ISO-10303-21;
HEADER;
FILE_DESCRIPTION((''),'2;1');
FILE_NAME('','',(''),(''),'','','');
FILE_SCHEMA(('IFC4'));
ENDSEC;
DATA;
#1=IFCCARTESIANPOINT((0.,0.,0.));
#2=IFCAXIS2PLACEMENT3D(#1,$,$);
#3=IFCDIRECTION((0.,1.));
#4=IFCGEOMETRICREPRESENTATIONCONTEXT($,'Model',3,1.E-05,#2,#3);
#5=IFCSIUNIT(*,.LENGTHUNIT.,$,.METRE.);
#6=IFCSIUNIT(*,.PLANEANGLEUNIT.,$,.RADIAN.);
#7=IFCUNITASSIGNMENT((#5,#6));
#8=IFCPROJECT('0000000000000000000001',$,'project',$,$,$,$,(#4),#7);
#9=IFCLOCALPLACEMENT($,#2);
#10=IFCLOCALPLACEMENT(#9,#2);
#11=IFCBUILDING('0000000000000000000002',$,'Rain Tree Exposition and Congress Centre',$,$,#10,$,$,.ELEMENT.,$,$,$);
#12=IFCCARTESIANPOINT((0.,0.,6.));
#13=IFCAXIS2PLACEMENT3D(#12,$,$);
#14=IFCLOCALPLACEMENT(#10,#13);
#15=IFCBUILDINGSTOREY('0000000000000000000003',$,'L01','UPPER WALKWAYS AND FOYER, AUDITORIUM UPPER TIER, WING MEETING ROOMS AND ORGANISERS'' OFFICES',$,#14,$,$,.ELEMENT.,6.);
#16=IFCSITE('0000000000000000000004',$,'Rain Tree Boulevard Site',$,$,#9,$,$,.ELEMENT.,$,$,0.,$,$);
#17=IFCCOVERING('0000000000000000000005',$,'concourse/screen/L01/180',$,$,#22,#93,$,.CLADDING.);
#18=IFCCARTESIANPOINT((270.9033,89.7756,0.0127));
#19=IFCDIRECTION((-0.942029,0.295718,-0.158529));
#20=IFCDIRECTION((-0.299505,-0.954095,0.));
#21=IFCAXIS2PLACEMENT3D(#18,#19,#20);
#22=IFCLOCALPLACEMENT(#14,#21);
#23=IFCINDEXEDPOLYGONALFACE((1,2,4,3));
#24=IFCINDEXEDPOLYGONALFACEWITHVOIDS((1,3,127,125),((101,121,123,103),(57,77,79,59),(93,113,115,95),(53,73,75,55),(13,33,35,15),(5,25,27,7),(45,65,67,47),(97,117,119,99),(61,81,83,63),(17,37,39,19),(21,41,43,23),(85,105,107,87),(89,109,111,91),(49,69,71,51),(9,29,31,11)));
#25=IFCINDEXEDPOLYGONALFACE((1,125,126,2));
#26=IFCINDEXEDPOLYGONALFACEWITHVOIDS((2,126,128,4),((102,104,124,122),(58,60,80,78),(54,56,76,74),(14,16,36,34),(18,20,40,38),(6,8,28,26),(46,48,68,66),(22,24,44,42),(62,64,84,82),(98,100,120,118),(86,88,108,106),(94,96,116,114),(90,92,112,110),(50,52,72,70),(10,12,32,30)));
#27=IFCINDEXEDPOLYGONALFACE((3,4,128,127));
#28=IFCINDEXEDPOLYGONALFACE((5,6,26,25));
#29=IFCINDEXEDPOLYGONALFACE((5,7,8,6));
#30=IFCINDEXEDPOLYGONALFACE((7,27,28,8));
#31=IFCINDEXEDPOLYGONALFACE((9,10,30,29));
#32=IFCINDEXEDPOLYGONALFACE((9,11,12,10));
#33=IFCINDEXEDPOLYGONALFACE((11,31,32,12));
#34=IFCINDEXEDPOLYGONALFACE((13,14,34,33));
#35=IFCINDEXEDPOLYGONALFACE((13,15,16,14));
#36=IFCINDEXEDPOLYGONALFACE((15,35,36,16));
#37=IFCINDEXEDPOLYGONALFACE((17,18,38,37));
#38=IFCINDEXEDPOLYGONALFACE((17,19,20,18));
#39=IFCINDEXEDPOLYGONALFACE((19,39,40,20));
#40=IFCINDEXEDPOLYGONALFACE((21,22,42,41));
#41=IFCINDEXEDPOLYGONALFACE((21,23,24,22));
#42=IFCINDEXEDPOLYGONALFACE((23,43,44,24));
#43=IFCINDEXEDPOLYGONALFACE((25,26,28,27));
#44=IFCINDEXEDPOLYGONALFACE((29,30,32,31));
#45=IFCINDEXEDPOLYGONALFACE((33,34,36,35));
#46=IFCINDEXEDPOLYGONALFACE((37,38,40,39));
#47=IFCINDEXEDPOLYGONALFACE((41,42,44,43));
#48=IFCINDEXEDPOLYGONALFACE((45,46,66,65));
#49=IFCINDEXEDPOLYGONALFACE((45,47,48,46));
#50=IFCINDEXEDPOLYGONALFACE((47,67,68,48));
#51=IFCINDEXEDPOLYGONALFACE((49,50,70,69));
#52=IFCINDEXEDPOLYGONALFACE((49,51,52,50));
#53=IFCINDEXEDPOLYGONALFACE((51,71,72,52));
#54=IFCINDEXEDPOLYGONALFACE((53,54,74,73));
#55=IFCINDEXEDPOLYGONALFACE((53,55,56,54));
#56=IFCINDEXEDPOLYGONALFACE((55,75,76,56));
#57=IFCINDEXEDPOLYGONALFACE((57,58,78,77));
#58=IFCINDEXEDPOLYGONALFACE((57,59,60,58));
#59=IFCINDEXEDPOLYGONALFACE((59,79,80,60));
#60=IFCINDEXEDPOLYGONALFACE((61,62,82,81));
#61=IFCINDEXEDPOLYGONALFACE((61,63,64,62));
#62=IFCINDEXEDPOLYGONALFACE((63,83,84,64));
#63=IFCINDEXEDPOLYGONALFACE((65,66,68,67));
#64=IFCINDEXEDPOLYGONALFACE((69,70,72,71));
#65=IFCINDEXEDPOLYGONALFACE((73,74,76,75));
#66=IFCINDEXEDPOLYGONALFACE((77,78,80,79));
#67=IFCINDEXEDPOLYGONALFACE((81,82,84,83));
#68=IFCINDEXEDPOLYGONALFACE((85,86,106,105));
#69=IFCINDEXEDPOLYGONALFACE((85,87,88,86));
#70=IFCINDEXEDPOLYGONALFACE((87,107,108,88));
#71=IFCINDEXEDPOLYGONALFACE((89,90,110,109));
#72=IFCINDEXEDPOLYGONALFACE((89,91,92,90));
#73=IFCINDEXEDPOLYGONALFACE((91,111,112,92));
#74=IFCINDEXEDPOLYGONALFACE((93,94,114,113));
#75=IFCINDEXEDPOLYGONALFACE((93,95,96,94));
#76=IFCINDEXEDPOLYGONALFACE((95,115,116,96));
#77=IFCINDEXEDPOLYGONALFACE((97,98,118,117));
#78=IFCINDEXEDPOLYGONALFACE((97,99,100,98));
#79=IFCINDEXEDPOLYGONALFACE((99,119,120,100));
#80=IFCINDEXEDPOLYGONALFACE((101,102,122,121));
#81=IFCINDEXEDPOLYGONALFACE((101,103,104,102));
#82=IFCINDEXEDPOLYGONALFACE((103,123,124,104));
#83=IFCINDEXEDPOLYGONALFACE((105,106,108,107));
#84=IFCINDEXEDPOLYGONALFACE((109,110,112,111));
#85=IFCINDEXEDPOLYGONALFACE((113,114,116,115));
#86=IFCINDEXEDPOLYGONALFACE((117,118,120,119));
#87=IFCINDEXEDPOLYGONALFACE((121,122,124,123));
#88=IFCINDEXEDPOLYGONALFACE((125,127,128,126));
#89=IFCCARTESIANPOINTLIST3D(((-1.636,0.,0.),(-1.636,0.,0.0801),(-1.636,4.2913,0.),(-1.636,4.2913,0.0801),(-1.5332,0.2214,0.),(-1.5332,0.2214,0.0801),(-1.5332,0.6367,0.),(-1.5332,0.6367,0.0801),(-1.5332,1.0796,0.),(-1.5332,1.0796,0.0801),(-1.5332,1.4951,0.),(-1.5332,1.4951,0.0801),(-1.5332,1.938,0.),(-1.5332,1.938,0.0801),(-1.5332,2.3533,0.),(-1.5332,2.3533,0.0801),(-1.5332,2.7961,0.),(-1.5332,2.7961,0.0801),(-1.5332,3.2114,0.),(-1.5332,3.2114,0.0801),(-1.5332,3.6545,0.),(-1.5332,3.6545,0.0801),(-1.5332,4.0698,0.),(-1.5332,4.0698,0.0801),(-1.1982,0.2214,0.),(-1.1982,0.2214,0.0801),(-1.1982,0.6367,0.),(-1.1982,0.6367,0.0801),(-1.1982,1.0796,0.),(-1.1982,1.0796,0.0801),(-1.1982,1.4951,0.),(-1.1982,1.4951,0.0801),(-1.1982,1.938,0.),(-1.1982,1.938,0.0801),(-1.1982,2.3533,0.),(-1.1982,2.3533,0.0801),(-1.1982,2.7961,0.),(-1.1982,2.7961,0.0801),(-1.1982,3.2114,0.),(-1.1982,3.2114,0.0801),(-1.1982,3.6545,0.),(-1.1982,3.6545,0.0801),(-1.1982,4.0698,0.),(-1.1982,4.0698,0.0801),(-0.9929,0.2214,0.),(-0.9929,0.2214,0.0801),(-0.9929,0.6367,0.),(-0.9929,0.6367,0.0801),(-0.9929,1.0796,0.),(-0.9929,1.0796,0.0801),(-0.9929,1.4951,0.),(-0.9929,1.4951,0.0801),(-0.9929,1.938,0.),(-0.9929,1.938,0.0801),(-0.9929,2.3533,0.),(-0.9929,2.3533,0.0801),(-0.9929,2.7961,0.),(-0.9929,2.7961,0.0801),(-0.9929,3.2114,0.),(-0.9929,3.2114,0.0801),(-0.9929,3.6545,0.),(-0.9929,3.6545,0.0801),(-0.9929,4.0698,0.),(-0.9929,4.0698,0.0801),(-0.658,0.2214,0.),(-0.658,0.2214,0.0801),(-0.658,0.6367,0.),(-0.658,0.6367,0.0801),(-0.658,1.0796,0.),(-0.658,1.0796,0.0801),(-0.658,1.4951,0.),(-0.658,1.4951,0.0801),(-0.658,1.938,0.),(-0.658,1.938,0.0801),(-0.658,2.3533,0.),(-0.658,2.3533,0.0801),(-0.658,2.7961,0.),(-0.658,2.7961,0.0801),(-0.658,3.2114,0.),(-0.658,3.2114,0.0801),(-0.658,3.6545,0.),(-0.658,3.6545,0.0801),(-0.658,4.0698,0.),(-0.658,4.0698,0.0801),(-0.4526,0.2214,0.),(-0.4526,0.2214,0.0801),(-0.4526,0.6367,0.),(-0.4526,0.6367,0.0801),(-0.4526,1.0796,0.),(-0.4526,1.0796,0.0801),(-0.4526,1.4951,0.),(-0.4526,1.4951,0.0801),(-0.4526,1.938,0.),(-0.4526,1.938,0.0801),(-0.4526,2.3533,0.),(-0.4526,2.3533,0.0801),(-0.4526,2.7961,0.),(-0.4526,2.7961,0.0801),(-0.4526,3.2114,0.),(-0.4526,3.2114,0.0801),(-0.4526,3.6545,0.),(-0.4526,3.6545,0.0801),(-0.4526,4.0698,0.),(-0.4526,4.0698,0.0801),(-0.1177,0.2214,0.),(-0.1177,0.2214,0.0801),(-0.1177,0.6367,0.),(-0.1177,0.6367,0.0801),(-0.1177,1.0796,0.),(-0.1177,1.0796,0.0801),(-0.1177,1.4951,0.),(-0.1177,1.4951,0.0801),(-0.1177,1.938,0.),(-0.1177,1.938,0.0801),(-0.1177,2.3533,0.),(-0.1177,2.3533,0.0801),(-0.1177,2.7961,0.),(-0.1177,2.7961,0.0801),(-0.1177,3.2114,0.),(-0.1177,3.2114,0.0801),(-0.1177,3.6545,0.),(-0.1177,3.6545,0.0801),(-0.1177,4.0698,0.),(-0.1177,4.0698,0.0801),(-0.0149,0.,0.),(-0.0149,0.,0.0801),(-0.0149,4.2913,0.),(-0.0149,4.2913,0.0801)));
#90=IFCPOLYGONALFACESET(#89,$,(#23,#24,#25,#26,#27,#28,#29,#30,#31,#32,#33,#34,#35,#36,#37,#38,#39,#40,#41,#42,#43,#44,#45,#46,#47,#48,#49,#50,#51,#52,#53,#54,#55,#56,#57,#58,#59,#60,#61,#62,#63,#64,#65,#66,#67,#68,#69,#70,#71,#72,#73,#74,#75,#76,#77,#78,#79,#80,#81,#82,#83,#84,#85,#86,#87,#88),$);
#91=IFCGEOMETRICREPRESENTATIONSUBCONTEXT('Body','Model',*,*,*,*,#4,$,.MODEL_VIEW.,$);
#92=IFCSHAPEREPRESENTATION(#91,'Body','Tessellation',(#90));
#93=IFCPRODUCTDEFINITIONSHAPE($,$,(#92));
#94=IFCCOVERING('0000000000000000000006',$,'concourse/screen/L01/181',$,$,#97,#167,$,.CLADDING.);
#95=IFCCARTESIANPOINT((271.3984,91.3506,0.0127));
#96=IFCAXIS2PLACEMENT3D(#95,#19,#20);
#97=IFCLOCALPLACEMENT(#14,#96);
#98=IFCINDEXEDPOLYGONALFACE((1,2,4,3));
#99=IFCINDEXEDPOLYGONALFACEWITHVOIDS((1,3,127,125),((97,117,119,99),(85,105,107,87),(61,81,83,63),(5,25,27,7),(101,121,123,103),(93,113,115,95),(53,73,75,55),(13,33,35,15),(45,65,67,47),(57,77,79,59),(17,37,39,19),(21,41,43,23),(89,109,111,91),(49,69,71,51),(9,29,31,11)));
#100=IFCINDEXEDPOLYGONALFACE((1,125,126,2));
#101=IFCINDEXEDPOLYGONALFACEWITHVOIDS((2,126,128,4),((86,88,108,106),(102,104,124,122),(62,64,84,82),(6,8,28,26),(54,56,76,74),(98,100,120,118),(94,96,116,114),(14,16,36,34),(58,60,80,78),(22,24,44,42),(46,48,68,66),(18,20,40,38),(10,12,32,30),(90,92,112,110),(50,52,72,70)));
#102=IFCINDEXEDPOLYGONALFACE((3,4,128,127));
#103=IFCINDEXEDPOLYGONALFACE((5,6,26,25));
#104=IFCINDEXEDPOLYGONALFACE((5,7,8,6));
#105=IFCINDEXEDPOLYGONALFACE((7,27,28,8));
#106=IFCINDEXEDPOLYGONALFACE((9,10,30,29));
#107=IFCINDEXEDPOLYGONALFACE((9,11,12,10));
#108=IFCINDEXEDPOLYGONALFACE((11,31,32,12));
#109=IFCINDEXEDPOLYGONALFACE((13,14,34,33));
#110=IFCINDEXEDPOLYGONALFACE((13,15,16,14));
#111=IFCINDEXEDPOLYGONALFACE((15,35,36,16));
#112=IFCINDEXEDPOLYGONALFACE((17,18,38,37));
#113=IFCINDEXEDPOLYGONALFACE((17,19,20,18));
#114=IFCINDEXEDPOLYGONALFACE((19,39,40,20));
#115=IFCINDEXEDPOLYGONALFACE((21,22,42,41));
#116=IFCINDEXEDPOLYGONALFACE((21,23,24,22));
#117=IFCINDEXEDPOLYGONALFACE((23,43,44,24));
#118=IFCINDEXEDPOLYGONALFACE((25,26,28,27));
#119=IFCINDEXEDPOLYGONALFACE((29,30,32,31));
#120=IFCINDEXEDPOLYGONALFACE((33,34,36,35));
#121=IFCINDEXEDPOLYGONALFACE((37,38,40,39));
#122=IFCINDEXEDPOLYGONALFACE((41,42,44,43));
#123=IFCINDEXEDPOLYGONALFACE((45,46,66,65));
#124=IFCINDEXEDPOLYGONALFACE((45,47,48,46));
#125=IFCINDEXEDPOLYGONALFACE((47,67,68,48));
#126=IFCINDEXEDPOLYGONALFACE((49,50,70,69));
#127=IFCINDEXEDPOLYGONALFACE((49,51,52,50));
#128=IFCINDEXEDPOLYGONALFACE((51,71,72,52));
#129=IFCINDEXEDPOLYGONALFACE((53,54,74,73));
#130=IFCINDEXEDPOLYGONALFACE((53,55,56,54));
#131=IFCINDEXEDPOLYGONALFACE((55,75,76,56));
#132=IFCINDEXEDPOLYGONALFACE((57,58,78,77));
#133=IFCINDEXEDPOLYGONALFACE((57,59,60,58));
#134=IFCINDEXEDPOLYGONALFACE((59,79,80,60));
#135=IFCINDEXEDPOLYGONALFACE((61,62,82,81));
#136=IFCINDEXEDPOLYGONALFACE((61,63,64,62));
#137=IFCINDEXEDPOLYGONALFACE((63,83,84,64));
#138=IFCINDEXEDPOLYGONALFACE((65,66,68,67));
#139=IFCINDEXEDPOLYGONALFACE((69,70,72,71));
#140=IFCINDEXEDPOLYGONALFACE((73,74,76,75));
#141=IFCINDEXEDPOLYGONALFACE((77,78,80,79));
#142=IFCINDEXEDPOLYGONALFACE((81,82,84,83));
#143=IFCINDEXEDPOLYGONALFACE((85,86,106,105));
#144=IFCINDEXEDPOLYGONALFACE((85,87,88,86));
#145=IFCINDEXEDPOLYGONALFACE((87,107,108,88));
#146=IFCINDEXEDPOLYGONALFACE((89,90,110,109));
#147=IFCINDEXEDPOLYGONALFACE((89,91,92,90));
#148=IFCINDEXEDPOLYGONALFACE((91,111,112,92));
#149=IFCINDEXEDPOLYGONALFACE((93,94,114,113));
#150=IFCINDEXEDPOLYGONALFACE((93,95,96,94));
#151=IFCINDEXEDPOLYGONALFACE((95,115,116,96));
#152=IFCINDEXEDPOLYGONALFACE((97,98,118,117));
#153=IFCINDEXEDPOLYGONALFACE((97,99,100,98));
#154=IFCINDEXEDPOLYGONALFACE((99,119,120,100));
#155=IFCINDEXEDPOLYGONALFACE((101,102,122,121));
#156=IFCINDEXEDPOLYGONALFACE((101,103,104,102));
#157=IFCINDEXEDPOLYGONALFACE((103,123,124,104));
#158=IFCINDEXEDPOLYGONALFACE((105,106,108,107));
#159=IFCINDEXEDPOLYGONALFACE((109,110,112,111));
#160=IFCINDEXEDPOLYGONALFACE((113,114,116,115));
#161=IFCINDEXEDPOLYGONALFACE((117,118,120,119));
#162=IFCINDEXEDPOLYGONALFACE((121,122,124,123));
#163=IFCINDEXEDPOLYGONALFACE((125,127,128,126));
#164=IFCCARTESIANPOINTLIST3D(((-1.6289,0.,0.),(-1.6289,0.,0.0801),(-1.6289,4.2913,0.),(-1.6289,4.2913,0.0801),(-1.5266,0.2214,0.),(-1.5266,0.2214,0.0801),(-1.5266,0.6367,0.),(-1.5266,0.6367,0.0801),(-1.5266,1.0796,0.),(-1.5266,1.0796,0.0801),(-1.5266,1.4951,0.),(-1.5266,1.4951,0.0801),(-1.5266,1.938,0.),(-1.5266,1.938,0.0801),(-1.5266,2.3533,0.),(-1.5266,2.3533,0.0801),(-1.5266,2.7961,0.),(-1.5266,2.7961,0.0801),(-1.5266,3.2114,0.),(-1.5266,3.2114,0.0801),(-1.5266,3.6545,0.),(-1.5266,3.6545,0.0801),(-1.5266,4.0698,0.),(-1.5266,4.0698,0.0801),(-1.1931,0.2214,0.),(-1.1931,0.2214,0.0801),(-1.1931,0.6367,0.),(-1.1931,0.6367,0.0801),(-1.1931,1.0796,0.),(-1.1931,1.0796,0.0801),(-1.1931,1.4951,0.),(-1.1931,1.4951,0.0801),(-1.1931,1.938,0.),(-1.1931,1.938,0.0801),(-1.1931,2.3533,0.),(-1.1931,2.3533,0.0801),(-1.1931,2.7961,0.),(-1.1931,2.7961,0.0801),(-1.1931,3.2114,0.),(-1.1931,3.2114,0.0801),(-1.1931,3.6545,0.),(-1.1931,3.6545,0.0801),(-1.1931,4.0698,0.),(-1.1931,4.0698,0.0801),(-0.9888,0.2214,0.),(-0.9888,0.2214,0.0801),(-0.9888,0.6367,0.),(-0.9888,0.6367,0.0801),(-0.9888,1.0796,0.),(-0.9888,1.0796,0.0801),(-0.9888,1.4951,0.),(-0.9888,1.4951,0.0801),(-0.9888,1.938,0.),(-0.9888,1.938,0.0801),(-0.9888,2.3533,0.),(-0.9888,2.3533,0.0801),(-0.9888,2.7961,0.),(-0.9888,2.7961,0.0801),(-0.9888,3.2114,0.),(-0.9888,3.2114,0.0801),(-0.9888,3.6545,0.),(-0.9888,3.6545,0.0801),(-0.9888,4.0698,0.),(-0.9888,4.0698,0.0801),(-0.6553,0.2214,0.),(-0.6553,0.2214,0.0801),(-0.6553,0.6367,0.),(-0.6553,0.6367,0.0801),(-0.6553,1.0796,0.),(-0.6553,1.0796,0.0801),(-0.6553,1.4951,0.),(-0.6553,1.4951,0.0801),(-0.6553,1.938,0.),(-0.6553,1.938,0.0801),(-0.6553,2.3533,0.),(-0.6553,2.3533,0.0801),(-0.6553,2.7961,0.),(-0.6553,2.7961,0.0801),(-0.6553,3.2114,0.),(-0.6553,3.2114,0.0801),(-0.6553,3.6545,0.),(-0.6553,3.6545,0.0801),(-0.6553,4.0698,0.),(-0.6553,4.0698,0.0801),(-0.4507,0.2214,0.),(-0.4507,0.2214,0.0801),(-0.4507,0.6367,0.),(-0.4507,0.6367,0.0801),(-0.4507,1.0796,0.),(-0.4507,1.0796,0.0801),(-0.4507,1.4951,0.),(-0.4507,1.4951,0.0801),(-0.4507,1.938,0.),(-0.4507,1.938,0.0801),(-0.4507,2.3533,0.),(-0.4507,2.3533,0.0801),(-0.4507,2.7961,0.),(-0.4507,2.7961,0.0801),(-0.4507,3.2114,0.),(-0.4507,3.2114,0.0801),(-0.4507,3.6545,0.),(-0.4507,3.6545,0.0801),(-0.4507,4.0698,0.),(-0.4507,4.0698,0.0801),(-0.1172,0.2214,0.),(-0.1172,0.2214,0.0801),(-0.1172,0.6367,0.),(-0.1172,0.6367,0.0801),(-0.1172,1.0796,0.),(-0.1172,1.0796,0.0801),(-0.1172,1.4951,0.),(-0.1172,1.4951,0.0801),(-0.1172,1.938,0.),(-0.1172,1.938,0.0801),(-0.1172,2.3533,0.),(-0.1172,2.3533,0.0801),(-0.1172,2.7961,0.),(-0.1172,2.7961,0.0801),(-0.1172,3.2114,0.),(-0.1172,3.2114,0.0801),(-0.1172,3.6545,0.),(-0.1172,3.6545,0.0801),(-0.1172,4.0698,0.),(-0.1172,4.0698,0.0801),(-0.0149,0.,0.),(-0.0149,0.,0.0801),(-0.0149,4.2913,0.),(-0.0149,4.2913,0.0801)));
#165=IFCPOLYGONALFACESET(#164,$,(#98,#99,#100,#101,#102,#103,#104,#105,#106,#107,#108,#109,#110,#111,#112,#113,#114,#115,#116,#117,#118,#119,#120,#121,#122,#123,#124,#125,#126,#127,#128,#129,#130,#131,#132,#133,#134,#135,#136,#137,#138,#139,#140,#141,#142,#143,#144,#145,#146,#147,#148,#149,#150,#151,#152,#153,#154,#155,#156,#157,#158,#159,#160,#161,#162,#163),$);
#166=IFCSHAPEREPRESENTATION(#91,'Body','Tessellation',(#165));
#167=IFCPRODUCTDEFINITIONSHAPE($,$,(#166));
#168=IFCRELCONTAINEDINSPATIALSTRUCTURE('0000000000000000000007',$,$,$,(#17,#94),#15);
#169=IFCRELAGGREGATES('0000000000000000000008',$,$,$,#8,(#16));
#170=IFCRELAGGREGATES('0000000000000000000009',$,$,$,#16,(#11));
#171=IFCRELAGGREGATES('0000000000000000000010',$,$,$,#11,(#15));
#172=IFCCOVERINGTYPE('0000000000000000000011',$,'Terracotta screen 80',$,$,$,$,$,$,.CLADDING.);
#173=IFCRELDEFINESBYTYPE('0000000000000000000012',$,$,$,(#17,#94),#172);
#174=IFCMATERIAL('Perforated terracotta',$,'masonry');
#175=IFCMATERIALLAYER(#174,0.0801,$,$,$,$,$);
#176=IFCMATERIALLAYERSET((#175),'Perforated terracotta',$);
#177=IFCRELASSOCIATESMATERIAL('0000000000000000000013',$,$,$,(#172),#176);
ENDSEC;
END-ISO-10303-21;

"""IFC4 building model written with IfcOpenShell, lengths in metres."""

from ifc_helpers import new_model, si_unit, direction, frame, origin, place, context, subcontext, project, spatial, polyline, outline, extrude, material, layer, layer_set, type_object, element, save


model = new_model("IFC4")

# Units and contexts
model_context = context("Model", 3, precision=1e-05, world=origin(), true_north=direction((0.0, 1.0)))
body_context = subcontext(model_context, "Body", "Model", "MODEL_VIEW")
ifc_project = project(units=[si_unit("LENGTHUNIT", "METRE"), si_unit("PLANEANGLEUNIT", "RADIAN")], contexts=[model_context])

# Site, building, storey
site_placement = place(None, origin())
site = spatial("IfcSite", under=ifc_project, at=site_placement, Name="Rain Tree Boulevard Site", CompositionType="ELEMENT", RefElevation=0.0)
building_placement = place(site_placement, origin())
building = spatial("IfcBuilding", under=site, at=building_placement, Name="Rain Tree Exposition and Congress Centre", CompositionType="ELEMENT")
storey_placement = place(building_placement, frame((0.0, 0.0, 6.0)))
storey = spatial("IfcBuildingStorey", under=building, at=storey_placement, Name="L01", Description="UPPER WALKWAYS AND FOYER, AUDITORIUM UPPER TIER, WING MEETING ROOMS AND ORGANISERS' OFFICES", CompositionType="ELEMENT", Elevation=6.0)

# Coverings
ifc_material_1 = material(Name="Perforated terracotta", Category="masonry")
ifc_layer_1 = layer(ifc_material_1, 0.0801)
ifc_layer_set_1 = layer_set([ifc_layer_1], Name="Perforated terracotta")
covering_type = type_object("IfcCoveringType", Name="Terracotta screen 80", PredefinedType="CLADDING", material=ifc_layer_set_1)
covering_1_placement = place(storey_placement, frame((270.9033, 89.7756, 0.0127), z_axis=(-0.942029, 0.295718, -0.158529), x_axis=(-0.299505, -0.954095, 0.0)))
element("IfcCovering", 1, at=covering_1_placement, inside=storey, type_object=covering_type, Name="concourse/screen/L01/180", PredefinedType="CLADDING", context=body_context, shape_type="SweptSolid", body=[
    extrude(outline(polyline([(-1.636, 0.0), (-1.636, 4.2913), (-0.0149, 4.2913), (-0.0149, 0.0), (-1.636, 0.0)]), holes=[polyline([(-0.1177, 0.2214), (-0.1177, 0.6367), (-0.4526, 0.6367), (-0.4526, 0.2214), (-0.1177, 0.2214)]), polyline([(-0.1177, 1.0796), (-0.1177, 1.4951), (-0.4526, 1.4951), (-0.4526, 1.0796), (-0.1177, 1.0796)]), polyline([(-0.1177, 1.938), (-0.1177, 2.3533), (-0.4526, 2.3533), (-0.4526, 1.938), (-0.1177, 1.938)]), polyline([(-0.1177, 2.7961), (-0.1177, 3.2114), (-0.4526, 3.2114), (-0.4526, 2.7961), (-0.1177, 2.7961)]), polyline([(-0.1177, 3.6545), (-0.1177, 4.0698), (-0.4526, 4.0698), (-0.4526, 3.6545), (-0.1177, 3.6545)]), polyline([(-0.658, 0.2214), (-0.658, 0.6367), (-0.9929, 0.6367), (-0.9929, 0.2214), (-0.658, 0.2214)]), polyline([(-0.658, 1.0796), (-0.658, 1.4951), (-0.9929, 1.4951), (-0.9929, 1.0796), (-0.658, 1.0796)]), polyline([(-0.658, 1.938), (-0.658, 2.3533), (-0.9929, 2.3533), (-0.9929, 1.938), (-0.658, 1.938)]), polyline([(-0.658, 2.7961), (-0.658, 3.2114), (-0.9929, 3.2114), (-0.9929, 2.7961), (-0.658, 2.7961)]), polyline([(-0.658, 3.6545), (-0.658, 4.0698), (-0.9929, 4.0698), (-0.9929, 3.6545), (-0.658, 3.6545)]), polyline([(-1.1982, 0.2214), (-1.1982, 0.6367), (-1.5332, 0.6367), (-1.5332, 0.2214), (-1.1982, 0.2214)]), polyline([(-1.1982, 1.0796), (-1.1982, 1.4951), (-1.5332, 1.4951), (-1.5332, 1.0796), (-1.1982, 1.0796)]), polyline([(-1.1982, 1.938), (-1.1982, 2.3533), (-1.5332, 2.3533), (-1.5332, 1.938), (-1.1982, 1.938)]), polyline([(-1.1982, 2.7961), (-1.1982, 3.2114), (-1.5332, 3.2114), (-1.5332, 2.7961), (-1.1982, 2.7961)]), polyline([(-1.1982, 3.6545), (-1.1982, 4.0698), (-1.5332, 4.0698), (-1.5332, 3.6545), (-1.1982, 3.6545)])]), origin(), (0.0, 0.0, 1.0), 0.0801),
])
covering_2_placement = place(storey_placement, frame((271.3984, 91.3506, 0.0127), z_axis=(-0.942029, 0.295718, -0.158529), x_axis=(-0.299505, -0.954095, 0.0)))
element("IfcCovering", 2, at=covering_2_placement, inside=storey, type_object=covering_type, Name="concourse/screen/L01/181", PredefinedType="CLADDING", context=body_context, shape_type="SweptSolid", body=[
    extrude(outline(polyline([(-1.6289, 0.0), (-1.6289, 4.2913), (-0.0149, 4.2913), (-0.0149, 0.0), (-1.6289, 0.0)]), holes=[polyline([(-0.1172, 0.2214), (-0.1172, 0.6367), (-0.4507, 0.6367), (-0.4507, 0.2214), (-0.1172, 0.2214)]), polyline([(-0.1172, 1.0796), (-0.1172, 1.4951), (-0.4507, 1.4951), (-0.4507, 1.0796), (-0.1172, 1.0796)]), polyline([(-0.1172, 1.938), (-0.1172, 2.3533), (-0.4507, 2.3533), (-0.4507, 1.938), (-0.1172, 1.938)]), polyline([(-0.1172, 2.7961), (-0.1172, 3.2114), (-0.4507, 3.2114), (-0.4507, 2.7961), (-0.1172, 2.7961)]), polyline([(-0.1172, 3.6545), (-0.1172, 4.0698), (-0.4507, 4.0698), (-0.4507, 3.6545), (-0.1172, 3.6545)]), polyline([(-0.6553, 0.2214), (-0.6553, 0.6367), (-0.9888, 0.6367), (-0.9888, 0.2214), (-0.6553, 0.2214)]), polyline([(-0.6553, 1.0796), (-0.6553, 1.4951), (-0.9888, 1.4951), (-0.9888, 1.0796), (-0.6553, 1.0796)]), polyline([(-0.6553, 1.938), (-0.6553, 2.3533), (-0.9888, 2.3533), (-0.9888, 1.938), (-0.6553, 1.938)]), polyline([(-0.6553, 2.7961), (-0.6553, 3.2114), (-0.9888, 3.2114), (-0.9888, 2.7961), (-0.6553, 2.7961)]), polyline([(-0.6553, 3.6545), (-0.6553, 4.0698), (-0.9888, 4.0698), (-0.9888, 3.6545), (-0.6553, 3.6545)]), polyline([(-1.1931, 0.2214), (-1.1931, 0.6367), (-1.5266, 0.6367), (-1.5266, 0.2214), (-1.1931, 0.2214)]), polyline([(-1.1931, 1.0796), (-1.1931, 1.4951), (-1.5266, 1.4951), (-1.5266, 1.0796), (-1.1931, 1.0796)]), polyline([(-1.1931, 1.938), (-1.1931, 2.3533), (-1.5266, 2.3533), (-1.5266, 1.938), (-1.1931, 1.938)]), polyline([(-1.1931, 2.7961), (-1.1931, 3.2114), (-1.5266, 3.2114), (-1.5266, 2.7961), (-1.1931, 2.7961)]), polyline([(-1.1931, 3.6545), (-1.1931, 4.0698), (-1.5266, 4.0698), (-1.5266, 3.6545), (-1.1931, 3.6545)])]), origin(), (0.0, 0.0, 1.0), 0.0801),
])

save(model, "model.ifc")
